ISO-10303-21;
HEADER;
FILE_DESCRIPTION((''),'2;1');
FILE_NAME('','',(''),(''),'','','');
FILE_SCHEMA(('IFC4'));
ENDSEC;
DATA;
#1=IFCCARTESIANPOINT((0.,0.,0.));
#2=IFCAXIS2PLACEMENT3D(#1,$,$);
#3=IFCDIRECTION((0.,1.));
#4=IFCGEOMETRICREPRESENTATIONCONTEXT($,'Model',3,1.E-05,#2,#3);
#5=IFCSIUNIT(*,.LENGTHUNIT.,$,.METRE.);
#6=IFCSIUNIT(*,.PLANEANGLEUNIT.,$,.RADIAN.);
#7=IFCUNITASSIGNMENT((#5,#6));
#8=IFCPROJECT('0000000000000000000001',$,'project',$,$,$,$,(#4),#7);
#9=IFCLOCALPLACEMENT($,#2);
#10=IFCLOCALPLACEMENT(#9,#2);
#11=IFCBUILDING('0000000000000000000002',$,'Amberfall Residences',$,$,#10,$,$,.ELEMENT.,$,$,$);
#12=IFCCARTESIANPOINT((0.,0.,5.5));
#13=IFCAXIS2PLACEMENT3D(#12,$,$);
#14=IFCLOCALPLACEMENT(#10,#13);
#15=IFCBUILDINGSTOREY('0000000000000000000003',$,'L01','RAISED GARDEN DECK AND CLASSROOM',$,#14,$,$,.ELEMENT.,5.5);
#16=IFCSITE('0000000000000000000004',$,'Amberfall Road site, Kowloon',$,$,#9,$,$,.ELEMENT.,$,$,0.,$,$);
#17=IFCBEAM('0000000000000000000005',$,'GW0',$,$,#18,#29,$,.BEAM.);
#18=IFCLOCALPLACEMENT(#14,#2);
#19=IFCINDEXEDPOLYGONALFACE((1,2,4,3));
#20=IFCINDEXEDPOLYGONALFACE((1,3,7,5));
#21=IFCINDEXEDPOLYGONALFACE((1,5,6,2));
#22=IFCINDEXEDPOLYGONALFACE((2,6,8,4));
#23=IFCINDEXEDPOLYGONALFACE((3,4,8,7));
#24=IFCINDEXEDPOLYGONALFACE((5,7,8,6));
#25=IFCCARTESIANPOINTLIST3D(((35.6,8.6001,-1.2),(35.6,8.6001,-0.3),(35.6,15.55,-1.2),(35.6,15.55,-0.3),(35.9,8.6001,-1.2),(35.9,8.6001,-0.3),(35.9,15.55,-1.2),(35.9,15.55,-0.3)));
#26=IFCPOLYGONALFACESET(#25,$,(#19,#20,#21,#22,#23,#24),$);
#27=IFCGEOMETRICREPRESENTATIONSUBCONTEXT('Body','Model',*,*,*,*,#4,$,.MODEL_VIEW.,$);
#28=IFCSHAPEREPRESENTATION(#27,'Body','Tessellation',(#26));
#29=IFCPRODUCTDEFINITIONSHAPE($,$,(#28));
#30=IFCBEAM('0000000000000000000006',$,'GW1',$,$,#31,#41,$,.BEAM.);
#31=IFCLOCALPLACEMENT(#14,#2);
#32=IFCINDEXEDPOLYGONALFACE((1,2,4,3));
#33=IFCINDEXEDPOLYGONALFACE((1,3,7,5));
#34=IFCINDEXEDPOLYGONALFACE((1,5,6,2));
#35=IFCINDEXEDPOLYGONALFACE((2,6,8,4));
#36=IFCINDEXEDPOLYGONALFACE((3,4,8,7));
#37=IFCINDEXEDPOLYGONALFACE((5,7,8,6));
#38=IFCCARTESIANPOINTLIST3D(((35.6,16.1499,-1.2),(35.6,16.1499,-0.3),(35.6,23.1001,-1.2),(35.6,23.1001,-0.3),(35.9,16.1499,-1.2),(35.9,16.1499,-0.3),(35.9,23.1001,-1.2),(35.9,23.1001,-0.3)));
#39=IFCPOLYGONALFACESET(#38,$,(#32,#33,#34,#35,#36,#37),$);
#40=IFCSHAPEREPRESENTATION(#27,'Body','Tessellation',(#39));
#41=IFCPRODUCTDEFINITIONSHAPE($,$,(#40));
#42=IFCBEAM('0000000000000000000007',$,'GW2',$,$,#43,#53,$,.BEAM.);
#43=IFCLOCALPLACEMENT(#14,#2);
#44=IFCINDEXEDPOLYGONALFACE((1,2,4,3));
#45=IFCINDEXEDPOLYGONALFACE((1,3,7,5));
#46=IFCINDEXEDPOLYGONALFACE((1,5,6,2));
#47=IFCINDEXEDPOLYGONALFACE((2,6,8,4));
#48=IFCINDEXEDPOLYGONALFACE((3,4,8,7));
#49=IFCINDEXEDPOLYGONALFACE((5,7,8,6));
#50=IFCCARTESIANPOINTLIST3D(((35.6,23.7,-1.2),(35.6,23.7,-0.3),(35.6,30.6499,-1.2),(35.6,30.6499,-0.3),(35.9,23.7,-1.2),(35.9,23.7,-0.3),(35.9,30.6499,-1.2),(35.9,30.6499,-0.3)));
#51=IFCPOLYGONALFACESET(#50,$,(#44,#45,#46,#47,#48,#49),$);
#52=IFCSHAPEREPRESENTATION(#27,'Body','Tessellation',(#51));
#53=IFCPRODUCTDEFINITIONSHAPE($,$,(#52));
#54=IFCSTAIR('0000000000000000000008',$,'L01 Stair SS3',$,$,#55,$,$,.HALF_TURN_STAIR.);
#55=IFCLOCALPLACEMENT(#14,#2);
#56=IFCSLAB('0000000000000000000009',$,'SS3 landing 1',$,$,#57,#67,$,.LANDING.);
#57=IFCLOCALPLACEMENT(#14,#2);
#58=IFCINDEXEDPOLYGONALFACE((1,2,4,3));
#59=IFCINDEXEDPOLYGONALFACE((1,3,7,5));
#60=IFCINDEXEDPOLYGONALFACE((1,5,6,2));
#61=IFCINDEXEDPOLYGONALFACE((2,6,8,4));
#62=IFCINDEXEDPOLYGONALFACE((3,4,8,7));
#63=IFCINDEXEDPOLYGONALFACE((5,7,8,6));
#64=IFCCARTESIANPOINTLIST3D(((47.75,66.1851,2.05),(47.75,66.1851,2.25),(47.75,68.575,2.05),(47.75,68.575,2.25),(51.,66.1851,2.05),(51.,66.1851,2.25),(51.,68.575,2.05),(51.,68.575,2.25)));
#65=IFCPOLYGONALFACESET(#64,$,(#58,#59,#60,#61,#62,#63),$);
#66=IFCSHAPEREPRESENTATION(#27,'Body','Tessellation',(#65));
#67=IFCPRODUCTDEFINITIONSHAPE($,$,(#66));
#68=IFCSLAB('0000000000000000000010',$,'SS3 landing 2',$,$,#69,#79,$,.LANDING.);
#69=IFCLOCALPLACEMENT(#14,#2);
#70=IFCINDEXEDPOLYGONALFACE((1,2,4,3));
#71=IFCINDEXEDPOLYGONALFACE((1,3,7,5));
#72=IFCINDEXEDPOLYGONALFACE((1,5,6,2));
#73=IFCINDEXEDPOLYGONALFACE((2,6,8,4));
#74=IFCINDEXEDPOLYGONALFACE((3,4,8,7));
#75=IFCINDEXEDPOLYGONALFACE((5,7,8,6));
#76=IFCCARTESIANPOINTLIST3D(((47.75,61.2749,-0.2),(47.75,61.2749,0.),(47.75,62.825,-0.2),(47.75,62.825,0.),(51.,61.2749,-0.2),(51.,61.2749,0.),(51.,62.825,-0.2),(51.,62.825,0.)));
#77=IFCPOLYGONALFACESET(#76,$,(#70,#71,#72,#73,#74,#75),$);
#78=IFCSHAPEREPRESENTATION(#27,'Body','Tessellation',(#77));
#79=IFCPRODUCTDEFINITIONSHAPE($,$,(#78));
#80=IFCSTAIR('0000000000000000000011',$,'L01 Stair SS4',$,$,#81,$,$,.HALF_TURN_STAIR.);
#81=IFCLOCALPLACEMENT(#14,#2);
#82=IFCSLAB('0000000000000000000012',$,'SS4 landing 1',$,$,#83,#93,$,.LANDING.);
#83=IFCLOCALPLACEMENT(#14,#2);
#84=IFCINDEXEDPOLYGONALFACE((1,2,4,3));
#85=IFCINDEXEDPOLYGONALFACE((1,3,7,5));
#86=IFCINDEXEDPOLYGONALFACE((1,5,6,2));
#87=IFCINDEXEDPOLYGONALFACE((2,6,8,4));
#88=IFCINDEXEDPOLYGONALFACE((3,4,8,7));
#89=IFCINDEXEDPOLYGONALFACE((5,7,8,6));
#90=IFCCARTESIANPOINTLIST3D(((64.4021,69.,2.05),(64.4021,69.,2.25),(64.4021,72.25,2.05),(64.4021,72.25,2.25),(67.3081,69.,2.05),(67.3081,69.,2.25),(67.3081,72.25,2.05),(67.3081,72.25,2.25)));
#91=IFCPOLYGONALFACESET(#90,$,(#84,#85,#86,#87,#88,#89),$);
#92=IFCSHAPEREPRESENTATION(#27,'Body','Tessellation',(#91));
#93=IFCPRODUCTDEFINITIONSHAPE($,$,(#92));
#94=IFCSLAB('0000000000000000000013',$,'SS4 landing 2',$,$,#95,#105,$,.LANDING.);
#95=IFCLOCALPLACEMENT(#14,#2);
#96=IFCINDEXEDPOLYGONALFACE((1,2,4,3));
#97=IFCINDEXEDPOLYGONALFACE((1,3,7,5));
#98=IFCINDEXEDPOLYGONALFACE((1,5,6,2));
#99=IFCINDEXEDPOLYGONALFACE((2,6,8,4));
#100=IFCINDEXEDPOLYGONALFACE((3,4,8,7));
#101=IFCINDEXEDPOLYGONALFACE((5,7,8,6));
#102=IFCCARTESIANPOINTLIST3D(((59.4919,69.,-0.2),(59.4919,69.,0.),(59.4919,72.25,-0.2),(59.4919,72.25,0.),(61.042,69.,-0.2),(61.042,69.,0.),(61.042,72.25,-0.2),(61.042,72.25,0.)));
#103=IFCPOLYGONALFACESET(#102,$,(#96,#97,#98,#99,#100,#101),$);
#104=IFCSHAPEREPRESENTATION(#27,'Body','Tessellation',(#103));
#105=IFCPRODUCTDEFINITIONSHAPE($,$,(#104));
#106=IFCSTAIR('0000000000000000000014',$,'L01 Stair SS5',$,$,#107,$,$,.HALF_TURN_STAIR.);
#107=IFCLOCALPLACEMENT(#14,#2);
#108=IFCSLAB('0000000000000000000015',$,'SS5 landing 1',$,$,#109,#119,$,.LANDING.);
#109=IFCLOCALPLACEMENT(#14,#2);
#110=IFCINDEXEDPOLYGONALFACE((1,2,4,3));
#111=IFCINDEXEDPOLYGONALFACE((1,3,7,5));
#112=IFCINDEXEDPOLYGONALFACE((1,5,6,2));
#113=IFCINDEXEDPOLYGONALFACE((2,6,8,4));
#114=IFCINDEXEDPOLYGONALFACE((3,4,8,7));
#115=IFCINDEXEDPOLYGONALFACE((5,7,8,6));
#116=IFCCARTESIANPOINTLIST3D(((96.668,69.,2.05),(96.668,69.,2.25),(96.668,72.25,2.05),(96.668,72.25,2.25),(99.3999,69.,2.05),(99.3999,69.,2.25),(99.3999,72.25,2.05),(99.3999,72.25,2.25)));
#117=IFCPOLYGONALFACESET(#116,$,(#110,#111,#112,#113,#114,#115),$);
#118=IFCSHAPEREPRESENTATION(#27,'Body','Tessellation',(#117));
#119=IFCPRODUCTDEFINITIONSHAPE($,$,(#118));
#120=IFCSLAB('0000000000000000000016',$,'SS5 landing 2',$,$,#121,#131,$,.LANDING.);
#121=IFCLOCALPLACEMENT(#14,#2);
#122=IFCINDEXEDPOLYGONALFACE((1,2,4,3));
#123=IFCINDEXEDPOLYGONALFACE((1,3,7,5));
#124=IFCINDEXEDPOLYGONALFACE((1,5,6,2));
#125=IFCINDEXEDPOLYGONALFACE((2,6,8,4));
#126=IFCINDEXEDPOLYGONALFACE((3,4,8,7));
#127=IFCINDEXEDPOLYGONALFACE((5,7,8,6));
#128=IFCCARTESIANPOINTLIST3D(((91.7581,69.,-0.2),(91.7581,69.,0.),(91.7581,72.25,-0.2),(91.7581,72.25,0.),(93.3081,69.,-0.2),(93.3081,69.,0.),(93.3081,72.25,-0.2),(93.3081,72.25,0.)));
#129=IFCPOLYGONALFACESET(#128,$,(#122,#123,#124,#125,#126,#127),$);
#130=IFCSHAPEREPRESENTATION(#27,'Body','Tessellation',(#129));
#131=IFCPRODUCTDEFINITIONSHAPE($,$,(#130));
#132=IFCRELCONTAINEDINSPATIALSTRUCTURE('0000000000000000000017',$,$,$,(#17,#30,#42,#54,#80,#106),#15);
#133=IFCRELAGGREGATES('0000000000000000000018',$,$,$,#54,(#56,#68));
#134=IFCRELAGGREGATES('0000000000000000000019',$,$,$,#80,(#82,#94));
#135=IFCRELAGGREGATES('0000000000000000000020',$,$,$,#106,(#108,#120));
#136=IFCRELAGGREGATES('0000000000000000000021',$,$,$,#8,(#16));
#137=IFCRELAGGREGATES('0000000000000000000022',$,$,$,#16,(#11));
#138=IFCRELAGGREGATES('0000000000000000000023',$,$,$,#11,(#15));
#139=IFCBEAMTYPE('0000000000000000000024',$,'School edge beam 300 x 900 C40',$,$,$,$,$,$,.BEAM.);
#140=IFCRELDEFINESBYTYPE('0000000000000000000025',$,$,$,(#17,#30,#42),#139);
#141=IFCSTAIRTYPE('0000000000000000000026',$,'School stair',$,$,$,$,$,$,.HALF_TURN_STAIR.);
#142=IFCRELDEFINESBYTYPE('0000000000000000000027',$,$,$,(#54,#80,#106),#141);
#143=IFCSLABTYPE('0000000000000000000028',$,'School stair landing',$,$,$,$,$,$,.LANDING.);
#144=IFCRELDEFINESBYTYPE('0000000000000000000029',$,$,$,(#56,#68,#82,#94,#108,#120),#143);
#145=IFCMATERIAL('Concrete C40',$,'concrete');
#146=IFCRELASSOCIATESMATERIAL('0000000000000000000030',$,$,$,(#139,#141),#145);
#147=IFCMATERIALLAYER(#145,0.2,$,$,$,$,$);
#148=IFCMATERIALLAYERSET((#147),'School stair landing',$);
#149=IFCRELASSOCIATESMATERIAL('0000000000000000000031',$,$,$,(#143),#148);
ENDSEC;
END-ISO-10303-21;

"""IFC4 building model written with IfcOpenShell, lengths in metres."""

from ifc_helpers import new_model, si_unit, direction, frame, origin, origin_2d, place, context, subcontext, project, spatial, polyline, rectangle, outline, extrude, material, layer, layer_set, material_profile, profile_set, type_object, element, aggregate, save


model = new_model("IFC4")

# Units and contexts
model_context = context("Model", 3, precision=1e-05, world=origin(), true_north=direction((0.0, 1.0)))
body_context = subcontext(model_context, "Body", "Model", "MODEL_VIEW")
ifc_project = project(units=[si_unit("LENGTHUNIT", "METRE"), si_unit("PLANEANGLEUNIT", "RADIAN")], contexts=[model_context])

# Site, building, storey
site_placement = place(None, origin())
site = spatial("IfcSite", under=ifc_project, at=site_placement, Name="Amberfall Road site, Kowloon", CompositionType="ELEMENT", RefElevation=0.0)
building_placement = place(site_placement, origin())
building = spatial("IfcBuilding", under=site, at=building_placement, Name="Amberfall Residences", CompositionType="ELEMENT")
storey_placement = place(building_placement, frame((0.0, 0.0, 5.5)))
storey = spatial("IfcBuildingStorey", under=building, at=storey_placement, Name="L01", Description="RAISED GARDEN DECK AND CLASSROOM", CompositionType="ELEMENT", Elevation=5.5)

# Beams
ifc_material_1 = material(Name="Concrete C40", Category="concrete")
ifc_material_profile = material_profile(ifc_material_1, rectangle(XDim=0.3, YDim=0.8999, at=origin_2d()), Name="School edge beam 300 x 900 C40")
ifc_profile_set = profile_set([ifc_material_profile], Name="Concrete C40")
beam_type = type_object("IfcBeamType", Name="School edge beam 300 x 900 C40", PredefinedType="BEAM", material=ifc_profile_set)
beam_1_placement = place(storey_placement, frame((35.75, 8.6001, -0.75), z_axis=(0.0, 1.0, 0.0), x_axis=(-1.0, 0.0, 0.0)))
element("IfcBeam", 1, at=beam_1_placement, inside=storey, type_object=beam_type, Name="GW0", PredefinedType="BEAM", context=body_context, shape_type="SweptSolid", body=[
    extrude(rectangle(XDim=0.3, YDim=0.8999, at=origin_2d()), origin(), (0.0, 0.0, 1.0), 6.95),
])
beam_2_placement = place(storey_placement, frame((35.75, 16.1499, -0.75), z_axis=(0.0, 1.0, 0.0), x_axis=(-1.0, 0.0, 0.0)))
element("IfcBeam", 2, at=beam_2_placement, inside=storey, type_object=beam_type, Name="GW1", PredefinedType="BEAM", context=body_context, shape_type="SweptSolid", body=[
    extrude(rectangle(XDim=0.3, YDim=0.8999, at=origin_2d()), origin(), (0.0, 0.0, 1.0), 6.9502),
])
beam_3_placement = place(storey_placement, frame((35.75, 23.7, -0.75), z_axis=(0.0, 1.0, 0.0), x_axis=(-1.0, 0.0, 0.0)))
element("IfcBeam", 3, at=beam_3_placement, inside=storey, type_object=beam_type, Name="GW2", PredefinedType="BEAM", context=body_context, shape_type="SweptSolid", body=[
    extrude(rectangle(XDim=0.3, YDim=0.8999, at=origin_2d()), origin(), (0.0, 0.0, 1.0), 6.95),
])

# Stairs, slabs
stair_type = type_object("IfcStairType", Name="School stair", PredefinedType="HALF_TURN_STAIR", material=ifc_material_1)
stair_1_placement = place(storey_placement, origin())
stair_1 = element("IfcStair", 4, at=stair_1_placement, inside=storey, type_object=stair_type, Name="L01 Stair SS3", PredefinedType="HALF_TURN_STAIR")
ifc_layer_1 = layer(ifc_material_1, 0.2)
ifc_layer_set_1 = layer_set([ifc_layer_1], Name="School stair landing")
slab_type = type_object("IfcSlabType", Name="School stair landing", PredefinedType="LANDING", material=ifc_layer_set_1)
slab_1_placement = place(storey_placement, frame((0.0, 0.0, 2.05)))
slab_1 = element("IfcSlab", 5, at=slab_1_placement, type_object=slab_type, Name="SS3 landing 1", PredefinedType="LANDING", context=body_context, shape_type="SweptSolid", body=[
    extrude(outline(polyline([(51.0, 66.1851), (51.0, 68.575), (47.75, 68.575), (47.75, 66.1851), (51.0, 66.1851)])), origin(), (0.0, 0.0, 1.0), 0.2),
])
slab_2_placement = place(storey_placement, frame((0.0, 0.0, -0.2)))
slab_2 = element("IfcSlab", 6, at=slab_2_placement, type_object=slab_type, Name="SS3 landing 2", PredefinedType="LANDING", context=body_context, shape_type="SweptSolid", body=[
    extrude(outline(polyline([(51.0, 61.2749), (51.0, 62.825), (47.75, 62.825), (47.75, 61.2749), (51.0, 61.2749)])), origin(), (0.0, 0.0, 1.0), 0.2),
])
aggregate(stair_1, [slab_1, slab_2])
stair_2_placement = place(storey_placement, origin())
stair_2 = element("IfcStair", 7, at=stair_2_placement, inside=storey, type_object=stair_type, Name="L01 Stair SS4", PredefinedType="HALF_TURN_STAIR")
slab_3_placement = place(storey_placement, frame((0.0, 0.0, 2.05)))
slab_3 = element("IfcSlab", 8, at=slab_3_placement, type_object=slab_type, Name="SS4 landing 1", PredefinedType="LANDING", context=body_context, shape_type="SweptSolid", body=[
    extrude(outline(polyline([(64.4021, 69.0), (67.3081, 69.0), (67.3081, 72.25), (64.4021, 72.25), (64.4021, 69.0)])), origin(), (0.0, 0.0, 1.0), 0.2),
])
slab_4_placement = place(storey_placement, frame((0.0, 0.0, -0.2)))
slab_4 = element("IfcSlab", 9, at=slab_4_placement, type_object=slab_type, Name="SS4 landing 2", PredefinedType="LANDING", context=body_context, shape_type="SweptSolid", body=[
    extrude(outline(polyline([(59.4919, 69.0), (61.042, 69.0), (61.042, 72.25), (59.4919, 72.25), (59.4919, 69.0)])), origin(), (0.0, 0.0, 1.0), 0.2),
])
aggregate(stair_2, [slab_3, slab_4])
stair_3_placement = place(storey_placement, origin())
stair_3 = element("IfcStair", 10, at=stair_3_placement, inside=storey, type_object=stair_type, Name="L01 Stair SS5", PredefinedType="HALF_TURN_STAIR")
slab_5_placement = place(storey_placement, frame((0.0, 0.0, 2.05)))
slab_5 = element("IfcSlab", 11, at=slab_5_placement, type_object=slab_type, Name="SS5 landing 1", PredefinedType="LANDING", context=body_context, shape_type="SweptSolid", body=[
    extrude(outline(polyline([(96.668, 69.0), (99.3999, 69.0), (99.3999, 72.25), (96.668, 72.25), (96.668, 69.0)])), origin(), (0.0, 0.0, 1.0), 0.2),
])
slab_6_placement = place(storey_placement, frame((0.0, 0.0, -0.2)))
slab_6 = element("IfcSlab", 12, at=slab_6_placement, type_object=slab_type, Name="SS5 landing 2", PredefinedType="LANDING", context=body_context, shape_type="SweptSolid", body=[
    extrude(outline(polyline([(91.7581, 69.0), (93.3081, 69.0), (93.3081, 72.25), (91.7581, 72.25), (91.7581, 69.0)])), origin(), (0.0, 0.0, 1.0), 0.2),
])
aggregate(stair_3, [slab_5, slab_6])

save(model, "model.ifc")
